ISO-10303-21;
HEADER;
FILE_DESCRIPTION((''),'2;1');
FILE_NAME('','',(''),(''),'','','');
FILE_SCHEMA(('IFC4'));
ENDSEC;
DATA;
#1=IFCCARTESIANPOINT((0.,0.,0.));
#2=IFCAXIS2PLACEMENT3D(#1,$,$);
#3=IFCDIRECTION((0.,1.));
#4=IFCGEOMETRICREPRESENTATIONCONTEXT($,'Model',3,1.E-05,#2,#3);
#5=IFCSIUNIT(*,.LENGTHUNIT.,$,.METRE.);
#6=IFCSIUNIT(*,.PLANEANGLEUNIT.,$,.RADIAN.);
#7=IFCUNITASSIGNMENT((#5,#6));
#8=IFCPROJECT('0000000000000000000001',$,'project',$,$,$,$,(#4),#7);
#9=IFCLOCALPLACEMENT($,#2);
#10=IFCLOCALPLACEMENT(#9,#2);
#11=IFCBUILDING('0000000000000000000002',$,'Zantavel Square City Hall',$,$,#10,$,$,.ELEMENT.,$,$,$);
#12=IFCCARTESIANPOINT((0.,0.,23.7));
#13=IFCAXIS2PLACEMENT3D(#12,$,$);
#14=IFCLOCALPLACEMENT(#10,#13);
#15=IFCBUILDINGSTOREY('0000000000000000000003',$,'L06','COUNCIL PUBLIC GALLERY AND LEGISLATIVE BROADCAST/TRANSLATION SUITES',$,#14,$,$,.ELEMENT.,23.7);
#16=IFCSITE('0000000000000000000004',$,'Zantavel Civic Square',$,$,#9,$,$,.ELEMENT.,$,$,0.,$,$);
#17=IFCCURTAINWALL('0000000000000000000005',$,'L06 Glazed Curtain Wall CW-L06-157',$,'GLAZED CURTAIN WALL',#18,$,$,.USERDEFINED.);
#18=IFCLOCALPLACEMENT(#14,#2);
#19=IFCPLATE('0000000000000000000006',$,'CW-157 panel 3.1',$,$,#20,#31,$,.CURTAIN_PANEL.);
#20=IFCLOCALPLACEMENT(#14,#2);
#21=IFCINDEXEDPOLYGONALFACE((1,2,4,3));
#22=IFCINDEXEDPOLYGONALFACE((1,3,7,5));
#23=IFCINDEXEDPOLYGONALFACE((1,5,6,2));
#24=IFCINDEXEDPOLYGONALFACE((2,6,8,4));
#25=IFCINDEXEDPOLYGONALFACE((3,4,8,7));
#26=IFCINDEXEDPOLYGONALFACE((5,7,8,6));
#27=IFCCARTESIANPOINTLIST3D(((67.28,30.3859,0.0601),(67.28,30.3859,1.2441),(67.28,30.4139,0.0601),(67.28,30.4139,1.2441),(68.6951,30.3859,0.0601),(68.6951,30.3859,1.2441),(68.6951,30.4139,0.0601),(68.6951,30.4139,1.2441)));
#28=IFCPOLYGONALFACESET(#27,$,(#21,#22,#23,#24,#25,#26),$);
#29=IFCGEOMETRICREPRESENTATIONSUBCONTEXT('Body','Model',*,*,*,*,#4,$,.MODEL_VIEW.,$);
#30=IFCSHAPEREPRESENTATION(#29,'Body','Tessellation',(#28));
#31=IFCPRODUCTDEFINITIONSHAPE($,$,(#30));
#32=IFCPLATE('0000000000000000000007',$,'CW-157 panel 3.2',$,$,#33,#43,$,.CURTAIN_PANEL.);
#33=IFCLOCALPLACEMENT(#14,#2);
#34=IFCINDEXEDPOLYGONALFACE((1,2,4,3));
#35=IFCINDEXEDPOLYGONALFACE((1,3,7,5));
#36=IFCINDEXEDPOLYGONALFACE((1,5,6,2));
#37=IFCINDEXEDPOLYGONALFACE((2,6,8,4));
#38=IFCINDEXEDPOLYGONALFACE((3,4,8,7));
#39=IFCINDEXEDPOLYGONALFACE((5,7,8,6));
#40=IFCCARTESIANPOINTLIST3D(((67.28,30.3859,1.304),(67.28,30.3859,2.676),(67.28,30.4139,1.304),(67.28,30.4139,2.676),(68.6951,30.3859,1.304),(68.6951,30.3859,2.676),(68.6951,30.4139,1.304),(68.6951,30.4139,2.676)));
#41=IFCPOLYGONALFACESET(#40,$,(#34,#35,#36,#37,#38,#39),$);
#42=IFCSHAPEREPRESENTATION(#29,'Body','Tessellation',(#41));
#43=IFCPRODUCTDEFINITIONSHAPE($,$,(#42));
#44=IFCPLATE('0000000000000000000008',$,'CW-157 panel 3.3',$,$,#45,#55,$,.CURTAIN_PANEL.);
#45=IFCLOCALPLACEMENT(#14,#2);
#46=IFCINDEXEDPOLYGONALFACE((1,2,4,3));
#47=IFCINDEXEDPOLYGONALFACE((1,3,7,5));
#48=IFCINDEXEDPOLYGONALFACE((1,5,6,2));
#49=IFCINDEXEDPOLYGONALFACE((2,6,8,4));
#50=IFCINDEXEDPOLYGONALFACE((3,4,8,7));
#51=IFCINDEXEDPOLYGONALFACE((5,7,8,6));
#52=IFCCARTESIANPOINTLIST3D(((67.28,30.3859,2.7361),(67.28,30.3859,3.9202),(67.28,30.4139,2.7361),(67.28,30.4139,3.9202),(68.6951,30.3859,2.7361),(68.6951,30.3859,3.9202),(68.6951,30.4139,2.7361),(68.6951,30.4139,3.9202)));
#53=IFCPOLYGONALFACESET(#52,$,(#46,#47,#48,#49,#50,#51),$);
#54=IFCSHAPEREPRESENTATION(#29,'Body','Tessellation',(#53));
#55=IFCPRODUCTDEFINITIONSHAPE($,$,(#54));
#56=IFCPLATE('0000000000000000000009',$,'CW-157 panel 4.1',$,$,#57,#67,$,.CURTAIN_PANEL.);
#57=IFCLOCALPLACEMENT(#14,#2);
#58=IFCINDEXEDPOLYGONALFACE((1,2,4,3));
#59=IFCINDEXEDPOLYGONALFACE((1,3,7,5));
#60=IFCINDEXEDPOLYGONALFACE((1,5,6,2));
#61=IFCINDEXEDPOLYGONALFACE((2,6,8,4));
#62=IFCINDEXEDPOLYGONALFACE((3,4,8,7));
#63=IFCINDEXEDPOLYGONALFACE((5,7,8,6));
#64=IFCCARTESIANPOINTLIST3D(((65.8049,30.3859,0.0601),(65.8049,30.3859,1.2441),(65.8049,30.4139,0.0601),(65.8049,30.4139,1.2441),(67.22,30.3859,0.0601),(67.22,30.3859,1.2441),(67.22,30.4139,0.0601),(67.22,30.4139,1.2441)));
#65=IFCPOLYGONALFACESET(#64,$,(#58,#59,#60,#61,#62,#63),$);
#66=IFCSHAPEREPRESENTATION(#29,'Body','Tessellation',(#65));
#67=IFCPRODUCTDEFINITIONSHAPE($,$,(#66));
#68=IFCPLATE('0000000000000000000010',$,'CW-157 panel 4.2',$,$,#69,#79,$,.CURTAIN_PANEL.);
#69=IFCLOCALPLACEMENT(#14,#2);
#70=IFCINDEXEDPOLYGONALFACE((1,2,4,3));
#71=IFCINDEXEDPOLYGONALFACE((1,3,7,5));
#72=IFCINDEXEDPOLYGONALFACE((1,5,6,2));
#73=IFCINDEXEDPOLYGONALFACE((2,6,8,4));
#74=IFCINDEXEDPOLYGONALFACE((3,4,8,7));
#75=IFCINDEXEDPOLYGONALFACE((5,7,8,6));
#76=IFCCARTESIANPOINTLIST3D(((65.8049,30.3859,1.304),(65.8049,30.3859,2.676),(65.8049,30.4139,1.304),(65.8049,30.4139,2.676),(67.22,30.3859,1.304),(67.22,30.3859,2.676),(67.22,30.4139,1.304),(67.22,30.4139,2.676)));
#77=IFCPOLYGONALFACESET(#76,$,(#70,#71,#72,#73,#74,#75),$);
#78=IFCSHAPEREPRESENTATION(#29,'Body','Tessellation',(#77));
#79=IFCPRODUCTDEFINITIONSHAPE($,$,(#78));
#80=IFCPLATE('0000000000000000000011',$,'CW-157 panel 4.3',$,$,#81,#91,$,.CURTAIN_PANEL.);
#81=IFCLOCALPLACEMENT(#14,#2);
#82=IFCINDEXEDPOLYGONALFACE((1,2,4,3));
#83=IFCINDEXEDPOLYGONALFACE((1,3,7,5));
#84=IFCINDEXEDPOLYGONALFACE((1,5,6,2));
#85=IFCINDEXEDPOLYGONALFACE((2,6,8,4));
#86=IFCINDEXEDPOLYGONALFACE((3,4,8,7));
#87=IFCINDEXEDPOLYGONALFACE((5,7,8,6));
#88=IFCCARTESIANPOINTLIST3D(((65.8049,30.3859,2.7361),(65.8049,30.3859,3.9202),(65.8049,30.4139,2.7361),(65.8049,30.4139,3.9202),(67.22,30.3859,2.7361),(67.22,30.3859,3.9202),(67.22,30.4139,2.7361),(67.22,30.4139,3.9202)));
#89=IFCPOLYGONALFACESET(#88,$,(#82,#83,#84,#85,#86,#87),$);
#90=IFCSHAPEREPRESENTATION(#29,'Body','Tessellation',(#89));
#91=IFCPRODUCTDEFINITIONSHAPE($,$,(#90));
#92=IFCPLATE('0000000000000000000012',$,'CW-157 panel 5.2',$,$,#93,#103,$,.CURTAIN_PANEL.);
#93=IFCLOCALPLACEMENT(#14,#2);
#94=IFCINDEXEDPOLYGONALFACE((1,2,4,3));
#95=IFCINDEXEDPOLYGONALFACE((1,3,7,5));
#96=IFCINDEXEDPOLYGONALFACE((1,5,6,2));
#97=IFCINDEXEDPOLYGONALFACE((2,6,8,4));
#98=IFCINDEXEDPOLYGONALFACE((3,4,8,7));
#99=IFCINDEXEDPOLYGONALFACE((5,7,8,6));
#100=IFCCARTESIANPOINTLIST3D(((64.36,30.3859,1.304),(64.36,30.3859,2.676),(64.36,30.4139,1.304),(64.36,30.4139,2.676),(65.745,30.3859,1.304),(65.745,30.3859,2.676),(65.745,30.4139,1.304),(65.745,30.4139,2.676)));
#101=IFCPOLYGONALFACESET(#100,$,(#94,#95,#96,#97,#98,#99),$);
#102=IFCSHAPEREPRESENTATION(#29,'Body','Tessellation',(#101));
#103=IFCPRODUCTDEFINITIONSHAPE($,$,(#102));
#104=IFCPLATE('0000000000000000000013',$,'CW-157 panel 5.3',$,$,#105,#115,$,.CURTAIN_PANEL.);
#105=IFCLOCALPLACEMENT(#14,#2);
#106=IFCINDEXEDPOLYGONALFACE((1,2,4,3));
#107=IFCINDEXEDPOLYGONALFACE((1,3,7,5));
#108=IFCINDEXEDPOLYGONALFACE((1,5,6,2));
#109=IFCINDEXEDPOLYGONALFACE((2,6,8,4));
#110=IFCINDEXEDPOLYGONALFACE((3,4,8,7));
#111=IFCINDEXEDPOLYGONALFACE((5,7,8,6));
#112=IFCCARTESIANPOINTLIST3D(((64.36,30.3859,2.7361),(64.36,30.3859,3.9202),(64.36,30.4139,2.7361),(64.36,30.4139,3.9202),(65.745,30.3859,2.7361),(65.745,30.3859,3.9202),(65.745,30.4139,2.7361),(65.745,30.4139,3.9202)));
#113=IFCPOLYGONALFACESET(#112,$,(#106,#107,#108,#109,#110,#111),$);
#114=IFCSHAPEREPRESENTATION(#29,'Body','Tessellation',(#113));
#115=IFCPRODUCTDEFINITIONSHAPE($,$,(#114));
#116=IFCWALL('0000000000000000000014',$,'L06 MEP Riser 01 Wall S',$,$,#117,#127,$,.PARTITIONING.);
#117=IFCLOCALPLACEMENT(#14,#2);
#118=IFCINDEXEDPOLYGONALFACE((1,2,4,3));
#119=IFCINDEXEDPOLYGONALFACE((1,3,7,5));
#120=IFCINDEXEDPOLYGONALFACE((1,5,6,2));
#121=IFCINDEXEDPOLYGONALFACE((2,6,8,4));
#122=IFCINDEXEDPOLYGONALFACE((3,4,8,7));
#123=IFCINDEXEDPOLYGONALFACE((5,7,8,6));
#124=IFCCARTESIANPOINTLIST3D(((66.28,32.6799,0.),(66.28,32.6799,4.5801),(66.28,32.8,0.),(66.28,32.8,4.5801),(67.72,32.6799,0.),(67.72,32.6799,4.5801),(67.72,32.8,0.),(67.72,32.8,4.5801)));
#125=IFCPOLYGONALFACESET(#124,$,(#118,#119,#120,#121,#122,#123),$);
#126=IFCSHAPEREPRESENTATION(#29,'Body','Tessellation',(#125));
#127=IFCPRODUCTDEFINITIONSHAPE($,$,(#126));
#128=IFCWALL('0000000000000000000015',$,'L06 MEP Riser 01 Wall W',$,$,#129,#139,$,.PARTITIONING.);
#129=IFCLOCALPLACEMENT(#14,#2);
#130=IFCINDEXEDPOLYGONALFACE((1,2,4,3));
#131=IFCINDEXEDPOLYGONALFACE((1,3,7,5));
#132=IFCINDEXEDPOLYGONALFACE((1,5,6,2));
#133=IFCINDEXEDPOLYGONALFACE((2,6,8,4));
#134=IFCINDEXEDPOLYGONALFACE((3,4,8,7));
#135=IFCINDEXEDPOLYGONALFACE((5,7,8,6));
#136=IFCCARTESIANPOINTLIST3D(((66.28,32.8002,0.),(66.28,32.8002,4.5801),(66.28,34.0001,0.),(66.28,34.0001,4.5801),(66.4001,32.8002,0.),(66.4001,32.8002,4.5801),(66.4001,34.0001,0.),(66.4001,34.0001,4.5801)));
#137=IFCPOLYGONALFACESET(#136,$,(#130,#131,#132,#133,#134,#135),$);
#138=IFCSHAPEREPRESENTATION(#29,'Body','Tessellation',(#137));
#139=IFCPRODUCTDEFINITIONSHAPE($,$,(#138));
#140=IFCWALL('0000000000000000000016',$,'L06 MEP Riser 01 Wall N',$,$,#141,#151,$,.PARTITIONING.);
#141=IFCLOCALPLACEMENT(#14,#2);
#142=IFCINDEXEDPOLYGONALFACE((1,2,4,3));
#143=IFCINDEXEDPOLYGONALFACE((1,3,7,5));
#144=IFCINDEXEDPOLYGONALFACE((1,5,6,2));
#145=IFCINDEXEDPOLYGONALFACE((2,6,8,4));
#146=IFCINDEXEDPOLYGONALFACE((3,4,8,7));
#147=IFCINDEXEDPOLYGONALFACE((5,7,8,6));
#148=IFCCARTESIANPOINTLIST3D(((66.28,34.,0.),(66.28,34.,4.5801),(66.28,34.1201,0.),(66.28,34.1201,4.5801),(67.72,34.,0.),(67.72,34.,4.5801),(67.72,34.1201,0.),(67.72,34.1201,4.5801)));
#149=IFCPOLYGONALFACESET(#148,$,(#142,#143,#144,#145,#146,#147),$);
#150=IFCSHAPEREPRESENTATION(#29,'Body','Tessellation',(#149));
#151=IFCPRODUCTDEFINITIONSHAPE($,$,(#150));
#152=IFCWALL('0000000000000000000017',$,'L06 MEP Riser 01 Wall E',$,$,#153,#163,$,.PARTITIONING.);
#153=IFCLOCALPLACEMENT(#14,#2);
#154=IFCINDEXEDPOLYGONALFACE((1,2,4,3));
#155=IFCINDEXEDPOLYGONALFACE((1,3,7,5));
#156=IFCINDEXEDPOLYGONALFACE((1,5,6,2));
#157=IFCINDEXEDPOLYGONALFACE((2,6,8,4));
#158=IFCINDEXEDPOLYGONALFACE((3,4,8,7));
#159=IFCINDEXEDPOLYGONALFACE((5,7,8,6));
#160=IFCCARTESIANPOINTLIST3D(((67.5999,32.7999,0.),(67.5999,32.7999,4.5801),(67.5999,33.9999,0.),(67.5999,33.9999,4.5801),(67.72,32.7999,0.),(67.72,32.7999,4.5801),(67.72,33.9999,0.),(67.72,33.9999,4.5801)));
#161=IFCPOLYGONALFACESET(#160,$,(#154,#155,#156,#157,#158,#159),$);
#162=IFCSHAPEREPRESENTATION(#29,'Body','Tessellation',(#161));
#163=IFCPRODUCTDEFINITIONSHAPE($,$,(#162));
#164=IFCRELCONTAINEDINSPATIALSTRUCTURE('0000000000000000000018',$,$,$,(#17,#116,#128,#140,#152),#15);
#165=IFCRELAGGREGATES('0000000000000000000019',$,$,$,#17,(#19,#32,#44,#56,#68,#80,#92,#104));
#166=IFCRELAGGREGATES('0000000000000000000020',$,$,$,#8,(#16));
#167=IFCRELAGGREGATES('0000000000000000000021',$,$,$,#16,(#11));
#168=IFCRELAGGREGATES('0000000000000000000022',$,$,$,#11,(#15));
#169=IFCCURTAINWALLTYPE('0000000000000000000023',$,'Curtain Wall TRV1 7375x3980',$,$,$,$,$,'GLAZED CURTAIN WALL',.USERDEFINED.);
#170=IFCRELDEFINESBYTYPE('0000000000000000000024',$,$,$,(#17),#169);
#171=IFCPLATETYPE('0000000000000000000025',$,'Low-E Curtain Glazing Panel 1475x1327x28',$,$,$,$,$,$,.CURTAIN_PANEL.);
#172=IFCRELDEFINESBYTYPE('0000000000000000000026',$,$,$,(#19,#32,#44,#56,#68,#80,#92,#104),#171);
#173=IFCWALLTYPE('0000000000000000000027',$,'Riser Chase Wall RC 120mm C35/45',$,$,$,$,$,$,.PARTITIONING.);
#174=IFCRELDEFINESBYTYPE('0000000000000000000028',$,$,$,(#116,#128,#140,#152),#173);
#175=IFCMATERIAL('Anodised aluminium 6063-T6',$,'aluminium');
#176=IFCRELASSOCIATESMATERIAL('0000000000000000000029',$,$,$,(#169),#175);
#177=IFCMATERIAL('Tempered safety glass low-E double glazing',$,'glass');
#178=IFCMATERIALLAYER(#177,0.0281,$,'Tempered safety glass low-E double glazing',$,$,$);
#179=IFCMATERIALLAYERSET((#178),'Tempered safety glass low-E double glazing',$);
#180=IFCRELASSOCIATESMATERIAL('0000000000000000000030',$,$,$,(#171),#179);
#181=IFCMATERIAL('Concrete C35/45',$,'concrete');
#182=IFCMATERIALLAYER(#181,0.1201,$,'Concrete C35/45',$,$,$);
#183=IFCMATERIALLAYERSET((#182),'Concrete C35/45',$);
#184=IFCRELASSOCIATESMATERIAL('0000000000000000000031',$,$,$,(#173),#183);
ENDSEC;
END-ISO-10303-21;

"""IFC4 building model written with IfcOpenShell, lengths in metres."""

from ifc_helpers import new_model, si_unit, direction, frame, frame_2d, origin, origin_2d, place, context, subcontext, project, spatial, rectangle, extrude, material, layer, layer_set, type_object, element, aggregate, save


model = new_model("IFC4")

# Units and contexts
model_context = context("Model", 3, precision=1e-05, world=origin(), true_north=direction((0.0, 1.0)))
body_context = subcontext(model_context, "Body", "Model", "MODEL_VIEW")
ifc_project = project(units=[si_unit("LENGTHUNIT", "METRE"), si_unit("PLANEANGLEUNIT", "RADIAN")], contexts=[model_context])

# Site, building, storey
site_placement = place(None, origin())
site = spatial("IfcSite", under=ifc_project, at=site_placement, Name="Zantavel Civic Square", CompositionType="ELEMENT", RefElevation=0.0)
building_placement = place(site_placement, origin())
building = spatial("IfcBuilding", under=site, at=building_placement, Name="Zantavel Square City Hall", CompositionType="ELEMENT")
storey_placement = place(building_placement, frame((0.0, 0.0, 23.7)))
storey = spatial("IfcBuildingStorey", under=building, at=storey_placement, Name="L06", Description="COUNCIL PUBLIC GALLERY AND LEGISLATIVE BROADCAST/TRANSLATION SUITES", CompositionType="ELEMENT", Elevation=23.7)

# Curtain wall, plates
ifc_material_1 = material(Name="Anodised aluminium 6063-T6", Category="aluminium")
curtain_wall_type = type_object("IfcCurtainWallType", Name="Curtain Wall TRV1 7375x3980", ElementType="GLAZED CURTAIN WALL", PredefinedType="USERDEFINED", material=ifc_material_1)
curtain_wall_placement = place(storey_placement, origin())
curtain_wall = element("IfcCurtainWall", 1, at=curtain_wall_placement, inside=storey, type_object=curtain_wall_type, Name="L06 Glazed Curtain Wall CW-L06-157", ObjectType="GLAZED CURTAIN WALL", PredefinedType="USERDEFINED")
ifc_material_2 = material(Name="Tempered safety glass low-E double glazing", Category="glass")
ifc_layer_1 = layer(ifc_material_2, 0.0281, Name="Tempered safety glass low-E double glazing")
ifc_layer_set_1 = layer_set([ifc_layer_1], Name="Tempered safety glass low-E double glazing")
plate_type = type_object("IfcPlateType", Name="Low-E Curtain Glazing Panel 1475x1327x28", PredefinedType="CURTAIN_PANEL", material=ifc_layer_set_1)
plate_1_placement = place(storey_placement, frame((67.9875, 30.3999, 0.0601), z_axis=(0.0, 0.0, 1.0), x_axis=(-1.0, 0.0, 0.0)))
plate_1 = element("IfcPlate", 2, at=plate_1_placement, type_object=plate_type, Name="CW-157 panel 3.1", PredefinedType="CURTAIN_PANEL", context=body_context, shape_type="SweptSolid", body=[
    extrude(rectangle(XDim=1.415, YDim=0.0281, at=origin_2d()), origin(), (0.0, 0.0, 1.0), 1.1841),
])
plate_2_placement = place(storey_placement, frame((67.9875, 30.3999, 1.304), z_axis=(0.0, 0.0, 1.0), x_axis=(-1.0, 0.0, 0.0)))
plate_2 = element("IfcPlate", 3, at=plate_2_placement, type_object=plate_type, Name="CW-157 panel 3.2", PredefinedType="CURTAIN_PANEL", context=body_context, shape_type="SweptSolid", body=[
    extrude(rectangle(XDim=1.415, YDim=0.0281, at=origin_2d()), origin(), (0.0, 0.0, 1.0), 1.3721),
])
plate_3_placement = place(storey_placement, frame((67.9875, 30.3999, 2.7361), z_axis=(0.0, 0.0, 1.0), x_axis=(-1.0, 0.0, 0.0)))
plate_3 = element("IfcPlate", 4, at=plate_3_placement, type_object=plate_type, Name="CW-157 panel 3.3", PredefinedType="CURTAIN_PANEL", context=body_context, shape_type="SweptSolid", body=[
    extrude(rectangle(XDim=1.415, YDim=0.0281, at=origin_2d()), origin(), (0.0, 0.0, 1.0), 1.1841),
])
plate_4_placement = place(storey_placement, frame((66.5125, 30.3999, 0.0601), z_axis=(0.0, 0.0, 1.0), x_axis=(-1.0, 0.0, 0.0)))
plate_4 = element("IfcPlate", 5, at=plate_4_placement, type_object=plate_type, Name="CW-157 panel 4.1", PredefinedType="CURTAIN_PANEL", context=body_context, shape_type="SweptSolid", body=[
    extrude(rectangle(XDim=1.415, YDim=0.0281, at=origin_2d()), origin(), (0.0, 0.0, 1.0), 1.1841),
])
plate_5_placement = place(storey_placement, frame((66.5125, 30.3999, 1.304), z_axis=(0.0, 0.0, 1.0), x_axis=(-1.0, 0.0, 0.0)))
plate_5 = element("IfcPlate", 6, at=plate_5_placement, type_object=plate_type, Name="CW-157 panel 4.2", PredefinedType="CURTAIN_PANEL", context=body_context, shape_type="SweptSolid", body=[
    extrude(rectangle(XDim=1.415, YDim=0.0281, at=origin_2d()), origin(), (0.0, 0.0, 1.0), 1.3721),
])
plate_6_placement = place(storey_placement, frame((66.5125, 30.3999, 2.7361), z_axis=(0.0, 0.0, 1.0), x_axis=(-1.0, 0.0, 0.0)))
plate_6 = element("IfcPlate", 7, at=plate_6_placement, type_object=plate_type, Name="CW-157 panel 4.3", PredefinedType="CURTAIN_PANEL", context=body_context, shape_type="SweptSolid", body=[
    extrude(rectangle(XDim=1.415, YDim=0.0281, at=origin_2d()), origin(), (0.0, 0.0, 1.0), 1.1841),
])
plate_7_placement = place(storey_placement, frame((65.0525, 30.3999, 1.304), z_axis=(0.0, 0.0, 1.0), x_axis=(-1.0, 0.0, 0.0)))
plate_7 = element("IfcPlate", 8, at=plate_7_placement, type_object=plate_type, Name="CW-157 panel 5.2", PredefinedType="CURTAIN_PANEL", context=body_context, shape_type="SweptSolid", body=[
    extrude(rectangle(XDim=1.385, YDim=0.0281, at=origin_2d()), origin(), (0.0, 0.0, 1.0), 1.3721),
])
plate_8_placement = place(storey_placement, frame((65.0525, 30.3999, 2.7361), z_axis=(0.0, 0.0, 1.0), x_axis=(-1.0, 0.0, 0.0)))
plate_8 = element("IfcPlate", 9, at=plate_8_placement, type_object=plate_type, Name="CW-157 panel 5.3", PredefinedType="CURTAIN_PANEL", context=body_context, shape_type="SweptSolid", body=[
    extrude(rectangle(XDim=1.385, YDim=0.0281, at=origin_2d()), origin(), (0.0, 0.0, 1.0), 1.1841),
])
aggregate(curtain_wall, [plate_1, plate_2, plate_3, plate_4, plate_5, plate_6, plate_7, plate_8])

# Walls
ifc_material_3 = material(Name="Concrete C35/45", Category="concrete")
ifc_layer_2 = layer(ifc_material_3, 0.1201, Name="Concrete C35/45")
ifc_layer_set_2 = layer_set([ifc_layer_2], Name="Concrete C35/45")
wall_type = type_object("IfcWallType", Name="Riser Chase Wall RC 120mm C35/45", PredefinedType="PARTITIONING", material=ifc_layer_set_2)
wall_1_placement = place(storey_placement, frame((67.72, 32.74, 0.0), z_axis=(0.0, 0.0, 1.0), x_axis=(-1.0, 0.0, 0.0)))
element("IfcWall", 10, at=wall_1_placement, inside=storey, type_object=wall_type, Name="L06 MEP Riser 01 Wall S", PredefinedType="PARTITIONING", context=body_context, shape_type="SweptSolid", body=[
    extrude(rectangle(XDim=1.4399, YDim=0.1201, at=frame_2d((0.72, 0.0))), origin(), (0.0, 0.0, 1.0), 4.5801),
])
wall_2_placement = place(storey_placement, frame((66.3401, 32.8, 0.0), z_axis=(0.0, 0.0, 1.0), x_axis=(0.0, 1.0, 0.0)))
element("IfcWall", 11, at=wall_2_placement, inside=storey, type_object=wall_type, Name="L06 MEP Riser 01 Wall W", PredefinedType="PARTITIONING", context=body_context, shape_type="SweptSolid", body=[
    extrude(rectangle(XDim=1.2, YDim=0.1201, at=frame_2d((0.6001, 0.0))), origin(), (0.0, 0.0, 1.0), 4.5801),
])
wall_3_placement = place(storey_placement, frame((66.28, 34.0601, 0.0), z_axis=(0.0, 0.0, 1.0), x_axis=(1.0, 0.0, 0.0)))
element("IfcWall", 12, at=wall_3_placement, inside=storey, type_object=wall_type, Name="L06 MEP Riser 01 Wall N", PredefinedType="PARTITIONING", context=body_context, shape_type="SweptSolid", body=[
    extrude(rectangle(XDim=1.4399, YDim=0.1201, at=frame_2d((0.72, 0.0))), origin(), (0.0, 0.0, 1.0), 4.5801),
])
wall_4_placement = place(storey_placement, frame((67.6599, 34.0, 0.0), z_axis=(0.0, 0.0, 1.0), x_axis=(0.0, -1.0, 0.0)))
element("IfcWall", 13, at=wall_4_placement, inside=storey, type_object=wall_type, Name="L06 MEP Riser 01 Wall E", PredefinedType="PARTITIONING", context=body_context, shape_type="SweptSolid", body=[
    extrude(rectangle(XDim=1.2, YDim=0.1201, at=frame_2d((0.6001, 0.0))), origin(), (0.0, 0.0, 1.0), 4.5801),
])

save(model, "model.ifc")
